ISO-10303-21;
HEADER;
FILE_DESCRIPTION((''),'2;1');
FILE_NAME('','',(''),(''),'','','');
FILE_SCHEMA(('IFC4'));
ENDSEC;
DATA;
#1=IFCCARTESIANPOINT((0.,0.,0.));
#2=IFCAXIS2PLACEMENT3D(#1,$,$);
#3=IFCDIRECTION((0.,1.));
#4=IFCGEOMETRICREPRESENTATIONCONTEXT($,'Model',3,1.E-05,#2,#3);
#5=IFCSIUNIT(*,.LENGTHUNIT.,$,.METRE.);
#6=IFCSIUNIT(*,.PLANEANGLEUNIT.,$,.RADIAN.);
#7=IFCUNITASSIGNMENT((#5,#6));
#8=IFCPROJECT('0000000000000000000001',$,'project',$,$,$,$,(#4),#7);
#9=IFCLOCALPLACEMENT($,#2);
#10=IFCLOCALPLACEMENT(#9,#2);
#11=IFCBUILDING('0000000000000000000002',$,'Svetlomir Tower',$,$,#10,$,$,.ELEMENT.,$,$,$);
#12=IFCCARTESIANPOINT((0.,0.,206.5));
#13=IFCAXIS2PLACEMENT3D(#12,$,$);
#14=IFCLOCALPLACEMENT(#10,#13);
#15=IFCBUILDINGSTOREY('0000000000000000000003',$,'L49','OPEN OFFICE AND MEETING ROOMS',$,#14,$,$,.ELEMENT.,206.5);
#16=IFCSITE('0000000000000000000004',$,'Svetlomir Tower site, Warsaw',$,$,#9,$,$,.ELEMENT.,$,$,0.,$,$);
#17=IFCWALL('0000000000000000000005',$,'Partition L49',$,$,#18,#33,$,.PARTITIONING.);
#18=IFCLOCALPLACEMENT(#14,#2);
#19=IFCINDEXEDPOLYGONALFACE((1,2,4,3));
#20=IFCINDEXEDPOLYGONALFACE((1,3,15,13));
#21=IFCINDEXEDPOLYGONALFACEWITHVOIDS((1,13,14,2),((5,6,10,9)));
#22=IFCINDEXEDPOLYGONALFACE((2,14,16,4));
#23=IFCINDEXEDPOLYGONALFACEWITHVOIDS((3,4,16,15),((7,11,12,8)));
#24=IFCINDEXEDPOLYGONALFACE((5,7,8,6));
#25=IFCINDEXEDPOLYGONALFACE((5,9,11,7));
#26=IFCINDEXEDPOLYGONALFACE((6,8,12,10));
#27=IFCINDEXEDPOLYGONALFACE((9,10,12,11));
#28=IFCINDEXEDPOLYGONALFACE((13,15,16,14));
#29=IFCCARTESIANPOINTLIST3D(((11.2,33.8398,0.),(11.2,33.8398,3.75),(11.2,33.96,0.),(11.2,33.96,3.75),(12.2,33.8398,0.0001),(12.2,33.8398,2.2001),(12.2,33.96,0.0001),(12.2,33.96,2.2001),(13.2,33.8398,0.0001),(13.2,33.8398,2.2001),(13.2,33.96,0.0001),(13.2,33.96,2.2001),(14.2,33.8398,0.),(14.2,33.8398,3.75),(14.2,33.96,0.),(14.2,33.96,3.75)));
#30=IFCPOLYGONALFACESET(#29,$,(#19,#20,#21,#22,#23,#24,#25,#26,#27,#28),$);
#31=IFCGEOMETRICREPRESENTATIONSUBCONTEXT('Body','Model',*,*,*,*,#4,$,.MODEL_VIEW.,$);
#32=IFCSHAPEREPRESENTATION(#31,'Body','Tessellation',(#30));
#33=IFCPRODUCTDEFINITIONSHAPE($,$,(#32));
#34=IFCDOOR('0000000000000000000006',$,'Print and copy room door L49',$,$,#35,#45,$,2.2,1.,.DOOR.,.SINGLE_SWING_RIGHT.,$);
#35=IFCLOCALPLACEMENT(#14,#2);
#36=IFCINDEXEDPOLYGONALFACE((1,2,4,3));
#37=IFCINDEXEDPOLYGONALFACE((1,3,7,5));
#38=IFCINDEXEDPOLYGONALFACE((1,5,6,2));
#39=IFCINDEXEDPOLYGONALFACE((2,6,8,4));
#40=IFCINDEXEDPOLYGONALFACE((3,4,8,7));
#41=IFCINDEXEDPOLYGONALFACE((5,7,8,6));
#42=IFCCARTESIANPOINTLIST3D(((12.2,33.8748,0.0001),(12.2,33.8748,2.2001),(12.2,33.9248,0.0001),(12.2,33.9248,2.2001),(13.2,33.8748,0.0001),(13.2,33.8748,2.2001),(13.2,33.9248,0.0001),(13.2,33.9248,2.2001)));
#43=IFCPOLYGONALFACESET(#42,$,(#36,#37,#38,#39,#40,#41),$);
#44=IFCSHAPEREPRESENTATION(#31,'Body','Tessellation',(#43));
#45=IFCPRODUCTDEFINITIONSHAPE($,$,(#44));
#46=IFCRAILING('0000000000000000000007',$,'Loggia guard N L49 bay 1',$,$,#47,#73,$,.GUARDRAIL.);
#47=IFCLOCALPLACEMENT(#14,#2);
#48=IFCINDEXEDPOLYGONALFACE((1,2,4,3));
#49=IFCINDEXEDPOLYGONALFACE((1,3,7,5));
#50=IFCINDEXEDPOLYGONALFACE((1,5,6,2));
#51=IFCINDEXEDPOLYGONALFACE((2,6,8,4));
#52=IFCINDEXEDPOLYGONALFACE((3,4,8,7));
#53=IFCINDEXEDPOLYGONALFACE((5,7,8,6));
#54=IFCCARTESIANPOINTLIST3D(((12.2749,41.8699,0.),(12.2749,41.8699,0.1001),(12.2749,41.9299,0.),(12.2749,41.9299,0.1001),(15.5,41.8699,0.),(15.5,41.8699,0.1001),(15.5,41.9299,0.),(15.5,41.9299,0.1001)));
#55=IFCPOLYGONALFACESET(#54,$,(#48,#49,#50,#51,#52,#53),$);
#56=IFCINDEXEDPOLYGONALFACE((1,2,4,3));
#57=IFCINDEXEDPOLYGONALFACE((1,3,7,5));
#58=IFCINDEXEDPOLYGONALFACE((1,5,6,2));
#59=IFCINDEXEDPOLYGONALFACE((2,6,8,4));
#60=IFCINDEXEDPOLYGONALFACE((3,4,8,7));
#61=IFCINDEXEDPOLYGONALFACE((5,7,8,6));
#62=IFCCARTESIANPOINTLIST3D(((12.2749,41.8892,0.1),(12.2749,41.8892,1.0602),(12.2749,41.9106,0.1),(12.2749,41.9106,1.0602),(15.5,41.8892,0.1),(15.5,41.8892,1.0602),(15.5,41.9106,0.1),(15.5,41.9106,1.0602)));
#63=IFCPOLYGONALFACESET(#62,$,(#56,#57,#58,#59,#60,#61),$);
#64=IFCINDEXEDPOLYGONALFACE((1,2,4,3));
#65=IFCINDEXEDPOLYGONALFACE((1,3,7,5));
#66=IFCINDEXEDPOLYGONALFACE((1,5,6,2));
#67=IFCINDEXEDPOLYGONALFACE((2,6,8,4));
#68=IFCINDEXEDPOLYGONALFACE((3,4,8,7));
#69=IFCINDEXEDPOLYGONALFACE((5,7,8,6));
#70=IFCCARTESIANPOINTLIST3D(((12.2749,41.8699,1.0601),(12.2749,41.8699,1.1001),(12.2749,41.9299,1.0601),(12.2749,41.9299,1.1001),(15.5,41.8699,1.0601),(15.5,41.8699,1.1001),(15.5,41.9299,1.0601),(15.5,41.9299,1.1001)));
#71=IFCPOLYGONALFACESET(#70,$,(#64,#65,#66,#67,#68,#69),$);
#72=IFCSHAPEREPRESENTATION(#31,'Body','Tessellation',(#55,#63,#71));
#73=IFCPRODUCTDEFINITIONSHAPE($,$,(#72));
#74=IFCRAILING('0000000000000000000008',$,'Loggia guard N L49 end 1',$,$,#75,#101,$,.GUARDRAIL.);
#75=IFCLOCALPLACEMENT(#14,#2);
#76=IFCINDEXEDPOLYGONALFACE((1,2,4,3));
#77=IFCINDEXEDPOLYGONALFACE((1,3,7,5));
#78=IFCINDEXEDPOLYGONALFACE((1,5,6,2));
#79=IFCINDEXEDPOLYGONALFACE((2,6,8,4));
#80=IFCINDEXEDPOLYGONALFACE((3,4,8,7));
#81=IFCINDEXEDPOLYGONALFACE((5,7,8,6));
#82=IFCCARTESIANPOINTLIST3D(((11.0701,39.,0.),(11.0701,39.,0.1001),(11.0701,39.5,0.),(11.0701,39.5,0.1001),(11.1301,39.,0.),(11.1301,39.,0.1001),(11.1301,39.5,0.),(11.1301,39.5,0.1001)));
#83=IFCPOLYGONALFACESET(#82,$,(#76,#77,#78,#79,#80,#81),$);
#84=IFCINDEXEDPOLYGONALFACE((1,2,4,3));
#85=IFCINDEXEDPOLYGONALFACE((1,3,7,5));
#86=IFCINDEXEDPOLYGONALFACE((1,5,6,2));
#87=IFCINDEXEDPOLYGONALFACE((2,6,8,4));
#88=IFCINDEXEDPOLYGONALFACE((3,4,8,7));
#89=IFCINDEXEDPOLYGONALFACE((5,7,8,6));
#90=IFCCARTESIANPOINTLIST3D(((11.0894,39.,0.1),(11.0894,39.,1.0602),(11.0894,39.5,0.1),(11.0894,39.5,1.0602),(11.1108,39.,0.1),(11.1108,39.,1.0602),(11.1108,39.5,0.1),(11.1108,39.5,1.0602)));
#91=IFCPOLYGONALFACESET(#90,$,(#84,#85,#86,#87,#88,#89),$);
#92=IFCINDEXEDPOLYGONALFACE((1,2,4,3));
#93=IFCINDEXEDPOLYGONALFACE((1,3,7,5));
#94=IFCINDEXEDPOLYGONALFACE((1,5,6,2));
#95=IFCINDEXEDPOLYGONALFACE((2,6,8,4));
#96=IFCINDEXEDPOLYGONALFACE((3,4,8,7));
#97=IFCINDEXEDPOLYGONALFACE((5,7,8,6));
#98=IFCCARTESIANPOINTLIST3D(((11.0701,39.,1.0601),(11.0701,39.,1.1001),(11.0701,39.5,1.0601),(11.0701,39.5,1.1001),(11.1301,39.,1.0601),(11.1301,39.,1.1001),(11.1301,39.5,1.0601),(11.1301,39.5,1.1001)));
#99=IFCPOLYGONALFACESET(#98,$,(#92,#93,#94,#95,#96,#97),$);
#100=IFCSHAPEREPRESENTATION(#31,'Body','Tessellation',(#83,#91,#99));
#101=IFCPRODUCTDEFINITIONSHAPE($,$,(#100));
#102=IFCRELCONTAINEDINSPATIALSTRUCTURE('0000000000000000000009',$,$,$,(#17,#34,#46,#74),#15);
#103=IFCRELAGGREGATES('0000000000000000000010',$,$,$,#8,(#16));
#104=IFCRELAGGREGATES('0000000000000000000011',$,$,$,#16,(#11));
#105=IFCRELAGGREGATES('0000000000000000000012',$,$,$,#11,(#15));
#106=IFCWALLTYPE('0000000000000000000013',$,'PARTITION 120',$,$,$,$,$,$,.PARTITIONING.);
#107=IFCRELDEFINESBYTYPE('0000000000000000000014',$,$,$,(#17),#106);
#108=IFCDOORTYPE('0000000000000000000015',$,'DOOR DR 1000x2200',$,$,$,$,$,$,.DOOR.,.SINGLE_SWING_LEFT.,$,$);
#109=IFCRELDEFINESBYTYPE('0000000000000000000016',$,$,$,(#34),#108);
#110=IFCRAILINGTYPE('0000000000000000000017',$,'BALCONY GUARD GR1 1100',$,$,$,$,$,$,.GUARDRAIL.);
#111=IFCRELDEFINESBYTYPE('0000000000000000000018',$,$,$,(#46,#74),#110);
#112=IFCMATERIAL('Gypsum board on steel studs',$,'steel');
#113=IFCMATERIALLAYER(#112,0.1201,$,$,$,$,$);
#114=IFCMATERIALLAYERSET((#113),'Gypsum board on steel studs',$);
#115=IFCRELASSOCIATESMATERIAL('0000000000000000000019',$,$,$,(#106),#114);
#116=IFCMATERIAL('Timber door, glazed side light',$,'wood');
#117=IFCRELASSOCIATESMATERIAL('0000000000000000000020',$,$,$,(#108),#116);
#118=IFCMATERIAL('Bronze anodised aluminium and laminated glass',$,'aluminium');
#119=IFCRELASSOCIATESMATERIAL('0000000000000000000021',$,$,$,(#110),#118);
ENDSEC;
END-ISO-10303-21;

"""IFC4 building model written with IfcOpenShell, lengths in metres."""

from ifc_helpers import new_model, si_unit, direction, frame, frame_2d, origin, origin_2d, place, context, subcontext, project, spatial, rectangle, extrude, material, layer, layer_set, type_object, element, fill, save


model = new_model("IFC4")

# Units and contexts
model_context = context("Model", 3, precision=1e-05, world=origin(), true_north=direction((0.0, 1.0)))
body_context = subcontext(model_context, "Body", "Model", "MODEL_VIEW")
ifc_project = project(units=[si_unit("LENGTHUNIT", "METRE"), si_unit("PLANEANGLEUNIT", "RADIAN")], contexts=[model_context])

# Site, building, storey
site_placement = place(None, origin())
site = spatial("IfcSite", under=ifc_project, at=site_placement, Name="Svetlomir Tower site, Warsaw", CompositionType="ELEMENT", RefElevation=0.0)
building_placement = place(site_placement, origin())
building = spatial("IfcBuilding", under=site, at=building_placement, Name="Svetlomir Tower", CompositionType="ELEMENT")
storey_placement = place(building_placement, frame((0.0, 0.0, 206.5)))
storey = spatial("IfcBuildingStorey", under=building, at=storey_placement, Name="L49", Description="OPEN OFFICE AND MEETING ROOMS", CompositionType="ELEMENT", Elevation=206.5)

# Wall, opening, door
ifc_material_1 = material(Name="Gypsum board on steel studs", Category="steel")
ifc_layer_1 = layer(ifc_material_1, 0.1201)
ifc_layer_set_1 = layer_set([ifc_layer_1], Name="Gypsum board on steel studs")
wall_type = type_object("IfcWallType", Name="PARTITION 120", PredefinedType="PARTITIONING", material=ifc_layer_set_1)
wall_placement = place(storey_placement, frame((11.2, 33.8999, 0.0), z_axis=(0.0, 0.0, 1.0), x_axis=(1.0, 0.0, 0.0)))
wall = element("IfcWall", 1, at=wall_placement, inside=storey, type_object=wall_type, Name="Partition L49", PredefinedType="PARTITIONING", context=body_context, shape_type="SweptSolid", body=[
    extrude(rectangle(XDim=3.0, YDim=0.1201, at=frame_2d((1.5, 0.0))), origin(), (0.0, 0.0, 1.0), 3.75),
])
opening_placement = place(wall_placement, frame((1.0, 0.0, 0.0)))
opening = element("IfcOpeningElement", 2, at=opening_placement, cuts=wall, PredefinedType="OPENING", context=body_context, shape_type="SweptSolid", body=[
    extrude(rectangle(XDim=1.0, YDim=2.2, at=frame_2d((0.5, 1.1001))), frame((0.0, 0.0701, 0.0), z_axis=(0.0, -1.0, 0.0), x_axis=(1.0, 0.0, 0.0)), (0.0, 0.0, 1.0), 0.1401),
])
ifc_material_2 = material(Name="Timber door, glazed side light", Category="wood")
door_type = type_object("IfcDoorType", Name="DOOR DR 1000x2200", OperationType="SINGLE_SWING_LEFT", PredefinedType="DOOR", material=ifc_material_2)
door_placement = place(opening_placement, origin())
door = element("IfcDoor", 3, at=door_placement, inside=storey, type_object=door_type, Name="Print and copy room door L49", OperationType="SINGLE_SWING_RIGHT", OverallHeight=2.2, OverallWidth=1.0, PredefinedType="DOOR", context=body_context, shape_type="SweptSolid", body=[
    extrude(rectangle(XDim=1.0, YDim=2.2, at=frame_2d((0.5, 1.1001))), frame((0.0, 0.0249, 0.0), z_axis=(0.0, -1.0, 0.0), x_axis=(1.0, 0.0, 0.0)), (0.0, 0.0, 1.0), 0.05),
])
fill(opening, door)

# Railings
ifc_material_3 = material(Name="Bronze anodised aluminium and laminated glass", Category="aluminium")
railing_type = type_object("IfcRailingType", Name="BALCONY GUARD GR1 1100", PredefinedType="GUARDRAIL", material=ifc_material_3)
railing_1_placement = place(storey_placement, frame((12.2749, 41.8999, 0.0)))
element("IfcRailing", 4, at=railing_1_placement, inside=storey, type_object=railing_type, Name="Loggia guard N L49 bay 1", PredefinedType="GUARDRAIL", context=body_context, shape_type="SweptSolid", body=[
    extrude(rectangle(XDim=0.0601, YDim=0.1001, at=origin_2d()), frame((0.0, 0.0, 0.05), z_axis=(1.0, 0.0, 0.0), x_axis=(0.0, 1.0, 0.0)), (0.0, 0.0, 1.0), 3.2251),
    extrude(rectangle(XDim=0.0215, YDim=0.9602, at=origin_2d()), frame((0.0, 0.0, 0.5801), z_axis=(1.0, 0.0, 0.0), x_axis=(0.0, 1.0, 0.0)), (0.0, 0.0, 1.0), 3.2251),
    extrude(rectangle(XDim=0.0601, YDim=0.04, at=origin_2d()), frame((0.0, 0.0, 1.0801), z_axis=(1.0, 0.0, 0.0), x_axis=(0.0, 1.0, 0.0)), (0.0, 0.0, 1.0), 3.2251),
])
railing_2_placement = place(storey_placement, frame((11.1001, 39.5, 0.0)))
element("IfcRailing", 5, at=railing_2_placement, inside=storey, type_object=railing_type, Name="Loggia guard N L49 end 1", PredefinedType="GUARDRAIL", context=body_context, shape_type="SweptSolid", body=[
    extrude(rectangle(XDim=0.0601, YDim=0.1001, at=origin_2d()), frame((0.0, 0.0, 0.05), z_axis=(0.0, -1.0, 0.0), x_axis=(1.0, 0.0, 0.0)), (0.0, 0.0, 1.0), 0.5),
    extrude(rectangle(XDim=0.0215, YDim=0.9602, at=origin_2d()), frame((0.0, 0.0, 0.5801), z_axis=(0.0, -1.0, 0.0), x_axis=(1.0, 0.0, 0.0)), (0.0, 0.0, 1.0), 0.5),
    extrude(rectangle(XDim=0.0601, YDim=0.04, at=origin_2d()), frame((0.0, 0.0, 1.0801), z_axis=(0.0, -1.0, 0.0), x_axis=(1.0, 0.0, 0.0)), (0.0, 0.0, 1.0), 0.5),
])

save(model, "model.ifc")
